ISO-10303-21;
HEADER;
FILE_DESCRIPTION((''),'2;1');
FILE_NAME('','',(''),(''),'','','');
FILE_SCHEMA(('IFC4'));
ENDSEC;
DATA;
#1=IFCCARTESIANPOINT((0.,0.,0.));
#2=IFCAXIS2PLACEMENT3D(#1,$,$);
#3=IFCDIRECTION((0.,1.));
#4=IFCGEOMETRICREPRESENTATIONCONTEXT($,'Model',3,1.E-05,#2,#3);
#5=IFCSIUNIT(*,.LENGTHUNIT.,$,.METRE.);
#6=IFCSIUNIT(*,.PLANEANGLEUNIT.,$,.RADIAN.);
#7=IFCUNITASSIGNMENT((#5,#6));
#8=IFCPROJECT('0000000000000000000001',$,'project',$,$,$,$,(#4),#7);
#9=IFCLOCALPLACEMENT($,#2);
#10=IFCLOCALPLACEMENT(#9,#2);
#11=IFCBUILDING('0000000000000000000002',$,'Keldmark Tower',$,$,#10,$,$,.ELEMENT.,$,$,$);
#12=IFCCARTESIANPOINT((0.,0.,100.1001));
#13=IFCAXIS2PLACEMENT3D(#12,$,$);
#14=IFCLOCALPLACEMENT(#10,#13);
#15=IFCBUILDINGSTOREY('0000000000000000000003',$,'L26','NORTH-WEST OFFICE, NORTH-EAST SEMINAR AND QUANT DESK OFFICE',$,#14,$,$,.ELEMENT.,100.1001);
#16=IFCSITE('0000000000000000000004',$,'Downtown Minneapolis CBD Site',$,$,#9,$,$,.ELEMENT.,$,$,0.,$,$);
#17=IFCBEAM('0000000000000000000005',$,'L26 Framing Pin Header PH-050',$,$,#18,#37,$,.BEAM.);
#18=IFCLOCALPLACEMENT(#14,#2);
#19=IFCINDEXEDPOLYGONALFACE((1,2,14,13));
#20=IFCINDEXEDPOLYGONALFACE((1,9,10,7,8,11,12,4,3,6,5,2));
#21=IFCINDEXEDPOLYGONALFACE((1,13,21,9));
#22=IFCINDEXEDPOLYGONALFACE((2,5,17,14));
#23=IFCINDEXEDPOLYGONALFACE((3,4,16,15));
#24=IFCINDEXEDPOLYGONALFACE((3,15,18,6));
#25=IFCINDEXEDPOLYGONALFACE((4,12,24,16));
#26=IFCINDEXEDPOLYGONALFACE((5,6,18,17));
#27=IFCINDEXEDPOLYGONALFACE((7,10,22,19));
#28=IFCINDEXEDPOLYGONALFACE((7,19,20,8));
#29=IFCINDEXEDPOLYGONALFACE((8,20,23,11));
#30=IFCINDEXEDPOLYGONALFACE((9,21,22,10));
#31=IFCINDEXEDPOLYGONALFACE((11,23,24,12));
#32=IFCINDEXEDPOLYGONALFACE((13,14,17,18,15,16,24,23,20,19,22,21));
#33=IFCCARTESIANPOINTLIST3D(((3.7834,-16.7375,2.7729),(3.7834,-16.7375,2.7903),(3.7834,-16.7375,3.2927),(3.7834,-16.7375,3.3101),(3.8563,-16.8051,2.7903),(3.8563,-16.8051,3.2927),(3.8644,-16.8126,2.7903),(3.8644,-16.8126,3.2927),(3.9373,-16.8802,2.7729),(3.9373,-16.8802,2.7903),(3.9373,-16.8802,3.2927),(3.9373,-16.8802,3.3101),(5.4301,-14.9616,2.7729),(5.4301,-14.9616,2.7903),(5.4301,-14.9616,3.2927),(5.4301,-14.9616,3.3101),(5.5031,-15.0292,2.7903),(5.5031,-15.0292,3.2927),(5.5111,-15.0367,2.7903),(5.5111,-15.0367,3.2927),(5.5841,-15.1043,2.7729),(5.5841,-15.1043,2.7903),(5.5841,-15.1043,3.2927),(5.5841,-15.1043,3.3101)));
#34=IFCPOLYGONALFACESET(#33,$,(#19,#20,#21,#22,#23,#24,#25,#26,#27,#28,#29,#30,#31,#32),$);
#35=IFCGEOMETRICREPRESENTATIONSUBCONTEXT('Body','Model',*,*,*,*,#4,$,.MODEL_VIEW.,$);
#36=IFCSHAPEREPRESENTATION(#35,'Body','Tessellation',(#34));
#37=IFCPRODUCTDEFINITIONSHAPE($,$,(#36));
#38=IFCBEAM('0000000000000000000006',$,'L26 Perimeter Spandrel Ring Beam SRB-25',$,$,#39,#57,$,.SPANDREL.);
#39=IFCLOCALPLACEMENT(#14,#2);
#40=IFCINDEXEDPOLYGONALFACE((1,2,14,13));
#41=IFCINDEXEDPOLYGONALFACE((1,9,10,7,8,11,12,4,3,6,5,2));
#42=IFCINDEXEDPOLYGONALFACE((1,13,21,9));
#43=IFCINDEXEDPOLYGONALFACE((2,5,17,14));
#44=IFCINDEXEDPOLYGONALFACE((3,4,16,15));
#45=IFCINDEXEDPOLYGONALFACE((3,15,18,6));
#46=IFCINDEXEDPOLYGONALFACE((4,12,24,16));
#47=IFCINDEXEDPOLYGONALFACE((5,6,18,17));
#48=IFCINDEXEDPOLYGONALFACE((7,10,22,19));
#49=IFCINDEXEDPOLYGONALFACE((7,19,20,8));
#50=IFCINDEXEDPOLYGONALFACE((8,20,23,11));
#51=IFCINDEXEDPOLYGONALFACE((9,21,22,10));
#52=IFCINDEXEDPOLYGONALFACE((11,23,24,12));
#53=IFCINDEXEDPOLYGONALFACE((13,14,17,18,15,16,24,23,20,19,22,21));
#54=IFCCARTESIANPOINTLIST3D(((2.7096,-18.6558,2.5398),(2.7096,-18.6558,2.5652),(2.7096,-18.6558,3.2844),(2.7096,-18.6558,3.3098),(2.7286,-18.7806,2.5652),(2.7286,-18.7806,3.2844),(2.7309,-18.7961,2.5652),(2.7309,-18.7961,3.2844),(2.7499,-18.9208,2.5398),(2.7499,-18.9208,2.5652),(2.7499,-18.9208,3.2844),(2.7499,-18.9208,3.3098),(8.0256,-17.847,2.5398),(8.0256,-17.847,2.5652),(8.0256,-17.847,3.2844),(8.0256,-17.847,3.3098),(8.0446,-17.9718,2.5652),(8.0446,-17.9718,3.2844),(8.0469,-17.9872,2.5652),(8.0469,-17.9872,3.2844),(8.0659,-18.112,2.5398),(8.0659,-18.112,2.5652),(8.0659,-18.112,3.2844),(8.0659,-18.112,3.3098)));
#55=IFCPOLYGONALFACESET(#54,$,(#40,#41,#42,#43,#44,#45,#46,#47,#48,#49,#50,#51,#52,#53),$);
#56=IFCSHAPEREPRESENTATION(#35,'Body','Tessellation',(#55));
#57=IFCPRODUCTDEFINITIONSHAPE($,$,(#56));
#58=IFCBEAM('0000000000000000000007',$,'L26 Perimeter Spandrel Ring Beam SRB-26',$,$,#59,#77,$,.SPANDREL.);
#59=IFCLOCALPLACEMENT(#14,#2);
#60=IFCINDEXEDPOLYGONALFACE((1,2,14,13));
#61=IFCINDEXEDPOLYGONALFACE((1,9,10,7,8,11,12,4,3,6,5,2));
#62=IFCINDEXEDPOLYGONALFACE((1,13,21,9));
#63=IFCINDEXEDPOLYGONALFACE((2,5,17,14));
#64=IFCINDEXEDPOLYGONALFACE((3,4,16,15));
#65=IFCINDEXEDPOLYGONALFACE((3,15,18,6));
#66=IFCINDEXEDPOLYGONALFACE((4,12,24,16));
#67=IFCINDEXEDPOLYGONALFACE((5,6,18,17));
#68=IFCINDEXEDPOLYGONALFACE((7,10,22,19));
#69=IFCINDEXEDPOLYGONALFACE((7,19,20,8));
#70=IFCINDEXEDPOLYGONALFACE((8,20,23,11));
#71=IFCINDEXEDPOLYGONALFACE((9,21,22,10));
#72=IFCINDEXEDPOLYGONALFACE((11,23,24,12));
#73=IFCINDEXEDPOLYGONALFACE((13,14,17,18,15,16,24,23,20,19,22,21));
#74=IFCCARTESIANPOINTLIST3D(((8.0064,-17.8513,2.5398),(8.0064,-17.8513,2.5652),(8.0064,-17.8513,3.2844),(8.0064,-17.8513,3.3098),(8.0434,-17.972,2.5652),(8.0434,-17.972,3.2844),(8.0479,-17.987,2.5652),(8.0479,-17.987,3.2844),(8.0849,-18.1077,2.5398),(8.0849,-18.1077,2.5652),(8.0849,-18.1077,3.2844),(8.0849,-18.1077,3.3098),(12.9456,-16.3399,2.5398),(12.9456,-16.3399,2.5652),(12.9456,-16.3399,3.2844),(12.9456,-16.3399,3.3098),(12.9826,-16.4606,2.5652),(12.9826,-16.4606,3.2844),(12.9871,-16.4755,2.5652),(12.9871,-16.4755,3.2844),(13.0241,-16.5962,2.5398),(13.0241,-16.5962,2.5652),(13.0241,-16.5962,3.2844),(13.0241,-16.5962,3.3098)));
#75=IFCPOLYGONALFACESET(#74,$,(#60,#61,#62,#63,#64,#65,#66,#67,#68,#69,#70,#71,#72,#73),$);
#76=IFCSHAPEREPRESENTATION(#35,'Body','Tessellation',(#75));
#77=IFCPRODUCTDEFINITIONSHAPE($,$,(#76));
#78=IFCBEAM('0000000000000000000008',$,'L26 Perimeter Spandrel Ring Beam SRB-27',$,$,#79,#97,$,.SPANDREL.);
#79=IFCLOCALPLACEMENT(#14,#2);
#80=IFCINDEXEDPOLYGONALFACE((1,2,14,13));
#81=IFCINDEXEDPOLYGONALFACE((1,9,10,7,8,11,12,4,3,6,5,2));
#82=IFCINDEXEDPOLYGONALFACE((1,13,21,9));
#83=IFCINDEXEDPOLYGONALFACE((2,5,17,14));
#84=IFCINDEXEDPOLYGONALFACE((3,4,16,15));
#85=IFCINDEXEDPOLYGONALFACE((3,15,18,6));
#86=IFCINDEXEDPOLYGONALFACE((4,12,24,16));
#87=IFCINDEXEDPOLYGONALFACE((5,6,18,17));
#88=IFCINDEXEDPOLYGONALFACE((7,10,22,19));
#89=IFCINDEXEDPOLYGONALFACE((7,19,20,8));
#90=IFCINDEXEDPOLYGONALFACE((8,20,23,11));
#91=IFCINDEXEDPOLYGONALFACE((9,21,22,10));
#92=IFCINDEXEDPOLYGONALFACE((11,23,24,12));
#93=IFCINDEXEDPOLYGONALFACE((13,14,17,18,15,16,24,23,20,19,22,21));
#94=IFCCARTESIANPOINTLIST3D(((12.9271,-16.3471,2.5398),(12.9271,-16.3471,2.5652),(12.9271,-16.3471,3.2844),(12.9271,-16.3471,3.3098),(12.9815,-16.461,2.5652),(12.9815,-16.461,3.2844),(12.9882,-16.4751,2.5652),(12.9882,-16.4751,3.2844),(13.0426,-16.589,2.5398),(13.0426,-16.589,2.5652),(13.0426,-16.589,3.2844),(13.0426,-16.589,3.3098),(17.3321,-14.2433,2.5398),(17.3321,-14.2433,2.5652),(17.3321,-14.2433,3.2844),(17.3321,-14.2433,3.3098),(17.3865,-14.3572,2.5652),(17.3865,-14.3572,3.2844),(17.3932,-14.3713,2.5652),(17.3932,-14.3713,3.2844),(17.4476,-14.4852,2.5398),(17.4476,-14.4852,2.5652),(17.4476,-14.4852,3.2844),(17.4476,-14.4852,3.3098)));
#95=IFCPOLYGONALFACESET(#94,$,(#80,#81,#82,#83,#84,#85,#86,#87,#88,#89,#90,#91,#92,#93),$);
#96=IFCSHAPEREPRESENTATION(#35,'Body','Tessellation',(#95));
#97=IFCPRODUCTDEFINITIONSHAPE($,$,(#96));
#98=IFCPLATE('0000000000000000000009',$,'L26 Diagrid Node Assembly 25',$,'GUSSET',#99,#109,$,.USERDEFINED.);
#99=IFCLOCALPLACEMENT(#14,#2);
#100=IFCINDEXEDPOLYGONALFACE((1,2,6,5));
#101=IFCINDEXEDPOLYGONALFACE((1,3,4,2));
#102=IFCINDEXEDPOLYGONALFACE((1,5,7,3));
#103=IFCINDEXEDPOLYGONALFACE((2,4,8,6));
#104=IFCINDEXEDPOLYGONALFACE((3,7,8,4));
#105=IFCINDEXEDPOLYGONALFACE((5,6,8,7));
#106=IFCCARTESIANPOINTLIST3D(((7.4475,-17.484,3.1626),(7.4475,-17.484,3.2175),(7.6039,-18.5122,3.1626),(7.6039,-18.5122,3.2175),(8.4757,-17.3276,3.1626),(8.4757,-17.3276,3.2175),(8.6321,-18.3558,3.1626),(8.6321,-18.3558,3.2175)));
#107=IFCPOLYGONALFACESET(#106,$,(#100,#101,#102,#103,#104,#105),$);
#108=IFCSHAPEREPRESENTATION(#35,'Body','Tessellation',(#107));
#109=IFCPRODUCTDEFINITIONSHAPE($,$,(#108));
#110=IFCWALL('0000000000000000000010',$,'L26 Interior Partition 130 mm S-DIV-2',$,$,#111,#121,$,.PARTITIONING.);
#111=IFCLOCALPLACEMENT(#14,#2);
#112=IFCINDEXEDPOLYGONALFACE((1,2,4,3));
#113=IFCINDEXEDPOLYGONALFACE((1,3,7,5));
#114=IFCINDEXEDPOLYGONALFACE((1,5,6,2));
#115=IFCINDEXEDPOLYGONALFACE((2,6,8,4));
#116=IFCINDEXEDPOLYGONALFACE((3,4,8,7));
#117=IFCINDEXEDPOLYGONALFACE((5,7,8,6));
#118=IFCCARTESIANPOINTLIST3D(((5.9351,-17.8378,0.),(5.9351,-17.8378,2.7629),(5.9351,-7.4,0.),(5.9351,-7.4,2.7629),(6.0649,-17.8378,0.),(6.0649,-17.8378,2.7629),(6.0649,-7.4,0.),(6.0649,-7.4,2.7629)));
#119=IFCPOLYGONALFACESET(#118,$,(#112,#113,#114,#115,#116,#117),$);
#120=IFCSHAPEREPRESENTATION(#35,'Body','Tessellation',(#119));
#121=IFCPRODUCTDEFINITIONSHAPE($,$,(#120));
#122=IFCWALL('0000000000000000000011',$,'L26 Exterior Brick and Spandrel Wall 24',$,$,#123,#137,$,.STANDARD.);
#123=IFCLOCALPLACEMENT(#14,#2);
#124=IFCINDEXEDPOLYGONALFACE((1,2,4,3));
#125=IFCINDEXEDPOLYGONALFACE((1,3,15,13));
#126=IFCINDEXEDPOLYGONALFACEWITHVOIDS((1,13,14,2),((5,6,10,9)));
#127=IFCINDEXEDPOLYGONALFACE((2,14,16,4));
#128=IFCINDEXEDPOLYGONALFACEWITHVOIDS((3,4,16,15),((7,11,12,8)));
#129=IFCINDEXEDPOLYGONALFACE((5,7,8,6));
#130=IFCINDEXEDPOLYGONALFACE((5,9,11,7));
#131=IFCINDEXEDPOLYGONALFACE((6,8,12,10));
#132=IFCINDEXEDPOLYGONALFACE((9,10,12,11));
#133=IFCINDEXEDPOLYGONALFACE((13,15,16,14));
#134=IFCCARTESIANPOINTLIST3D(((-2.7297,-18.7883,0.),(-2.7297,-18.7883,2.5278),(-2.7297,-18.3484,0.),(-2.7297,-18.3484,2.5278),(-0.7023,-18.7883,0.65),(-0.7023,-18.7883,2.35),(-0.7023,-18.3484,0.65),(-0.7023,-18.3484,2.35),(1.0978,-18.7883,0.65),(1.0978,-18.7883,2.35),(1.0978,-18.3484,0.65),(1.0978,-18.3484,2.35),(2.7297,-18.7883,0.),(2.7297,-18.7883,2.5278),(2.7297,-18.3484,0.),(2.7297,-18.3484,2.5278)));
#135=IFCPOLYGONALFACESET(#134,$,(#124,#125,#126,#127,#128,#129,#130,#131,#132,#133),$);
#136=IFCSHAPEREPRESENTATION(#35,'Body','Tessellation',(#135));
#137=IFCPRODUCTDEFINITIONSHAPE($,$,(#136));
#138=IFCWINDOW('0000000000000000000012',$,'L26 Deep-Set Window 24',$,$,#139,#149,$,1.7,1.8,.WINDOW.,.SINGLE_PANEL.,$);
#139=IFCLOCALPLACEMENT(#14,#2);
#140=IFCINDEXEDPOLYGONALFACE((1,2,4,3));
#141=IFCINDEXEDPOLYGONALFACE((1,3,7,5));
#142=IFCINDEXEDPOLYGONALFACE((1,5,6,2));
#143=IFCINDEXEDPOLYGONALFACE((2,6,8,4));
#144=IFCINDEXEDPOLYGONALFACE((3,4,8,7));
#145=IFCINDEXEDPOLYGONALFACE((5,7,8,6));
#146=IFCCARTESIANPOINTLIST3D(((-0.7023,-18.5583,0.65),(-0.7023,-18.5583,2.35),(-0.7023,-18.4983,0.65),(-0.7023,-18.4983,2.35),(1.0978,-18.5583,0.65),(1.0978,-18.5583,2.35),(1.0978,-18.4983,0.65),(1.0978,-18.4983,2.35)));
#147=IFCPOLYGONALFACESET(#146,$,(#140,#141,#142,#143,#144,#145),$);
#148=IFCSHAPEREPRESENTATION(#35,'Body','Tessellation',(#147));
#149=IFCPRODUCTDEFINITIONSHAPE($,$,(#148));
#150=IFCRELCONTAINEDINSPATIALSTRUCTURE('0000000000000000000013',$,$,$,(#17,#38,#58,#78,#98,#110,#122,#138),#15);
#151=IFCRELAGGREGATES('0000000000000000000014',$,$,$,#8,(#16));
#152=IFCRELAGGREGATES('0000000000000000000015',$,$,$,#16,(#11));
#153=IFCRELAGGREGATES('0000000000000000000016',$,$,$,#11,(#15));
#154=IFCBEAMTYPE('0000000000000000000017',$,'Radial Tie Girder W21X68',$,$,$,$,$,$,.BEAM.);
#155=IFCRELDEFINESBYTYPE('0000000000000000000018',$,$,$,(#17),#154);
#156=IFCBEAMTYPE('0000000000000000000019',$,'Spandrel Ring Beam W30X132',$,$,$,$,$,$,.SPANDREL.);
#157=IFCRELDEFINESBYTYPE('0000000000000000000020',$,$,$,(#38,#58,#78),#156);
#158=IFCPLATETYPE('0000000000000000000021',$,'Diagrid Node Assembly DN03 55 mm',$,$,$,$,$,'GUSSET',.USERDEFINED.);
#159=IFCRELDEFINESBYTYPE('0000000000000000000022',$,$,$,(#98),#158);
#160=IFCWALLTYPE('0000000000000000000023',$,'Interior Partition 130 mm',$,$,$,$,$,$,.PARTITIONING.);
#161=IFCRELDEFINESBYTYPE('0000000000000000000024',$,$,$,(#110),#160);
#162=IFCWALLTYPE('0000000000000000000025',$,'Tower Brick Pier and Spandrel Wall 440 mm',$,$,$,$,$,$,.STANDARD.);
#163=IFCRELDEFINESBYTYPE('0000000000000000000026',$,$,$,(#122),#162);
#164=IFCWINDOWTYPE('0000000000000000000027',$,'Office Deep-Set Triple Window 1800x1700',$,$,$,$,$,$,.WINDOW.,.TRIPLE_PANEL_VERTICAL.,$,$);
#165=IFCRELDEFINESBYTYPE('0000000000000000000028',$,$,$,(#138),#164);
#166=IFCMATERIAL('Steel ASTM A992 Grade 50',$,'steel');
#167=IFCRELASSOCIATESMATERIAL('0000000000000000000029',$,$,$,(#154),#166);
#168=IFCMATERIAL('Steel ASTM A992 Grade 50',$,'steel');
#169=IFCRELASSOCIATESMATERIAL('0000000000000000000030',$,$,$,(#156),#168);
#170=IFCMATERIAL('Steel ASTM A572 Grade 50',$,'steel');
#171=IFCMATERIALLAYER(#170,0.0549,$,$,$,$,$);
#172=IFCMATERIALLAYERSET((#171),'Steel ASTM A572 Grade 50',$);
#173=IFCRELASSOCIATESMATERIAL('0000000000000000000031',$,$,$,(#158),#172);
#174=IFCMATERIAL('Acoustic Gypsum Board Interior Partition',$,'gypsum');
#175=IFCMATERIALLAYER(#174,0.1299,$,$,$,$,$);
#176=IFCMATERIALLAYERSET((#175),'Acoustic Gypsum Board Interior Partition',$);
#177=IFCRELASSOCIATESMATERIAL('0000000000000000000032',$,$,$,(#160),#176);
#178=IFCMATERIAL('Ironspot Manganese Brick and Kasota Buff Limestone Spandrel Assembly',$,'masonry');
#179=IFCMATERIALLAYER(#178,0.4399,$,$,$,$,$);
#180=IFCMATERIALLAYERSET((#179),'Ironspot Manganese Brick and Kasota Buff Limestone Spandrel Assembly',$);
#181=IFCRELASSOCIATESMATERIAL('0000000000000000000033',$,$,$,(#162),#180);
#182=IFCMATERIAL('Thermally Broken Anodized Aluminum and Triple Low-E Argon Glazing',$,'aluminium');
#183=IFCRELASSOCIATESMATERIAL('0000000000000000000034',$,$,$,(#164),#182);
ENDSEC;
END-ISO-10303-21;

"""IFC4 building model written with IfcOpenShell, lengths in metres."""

from ifc_helpers import new_model, si_unit, direction, frame, frame_2d, origin, origin_2d, place, context, subcontext, project, spatial, rectangle, i_section, extrude, material, layer, layer_set, material_profile, profile_set, type_object, element, fill, save


model = new_model("IFC4")

# Units and contexts
model_context = context("Model", 3, precision=1e-05, world=origin(), true_north=direction((0.0, 1.0)))
body_context = subcontext(model_context, "Body", "Model", "MODEL_VIEW")
ifc_project = project(units=[si_unit("LENGTHUNIT", "METRE"), si_unit("PLANEANGLEUNIT", "RADIAN")], contexts=[model_context])

# Site, building, storey
site_placement = place(None, origin())
site = spatial("IfcSite", under=ifc_project, at=site_placement, Name="Downtown Minneapolis CBD Site", CompositionType="ELEMENT", RefElevation=0.0)
building_placement = place(site_placement, origin())
building = spatial("IfcBuilding", under=site, at=building_placement, Name="Keldmark Tower", CompositionType="ELEMENT")
storey_placement = place(building_placement, frame((0.0, 0.0, 100.1001)))
storey = spatial("IfcBuildingStorey", under=building, at=storey_placement, Name="L26", Description="NORTH-WEST OFFICE, NORTH-EAST SEMINAR AND QUANT DESK OFFICE", CompositionType="ELEMENT", Elevation=100.1001)

# Beams
ifc_material_1 = material(Name="Steel ASTM A992 Grade 50", Category="steel")
ifc_material_profile_1 = material_profile(ifc_material_1, i_section(OverallWidth=0.21, OverallDepth=0.5371, WebThickness=0.011, FlangeThickness=0.0173, at=origin_2d()), Name="W21X68")
ifc_profile_set_1 = profile_set([ifc_material_profile_1], Name="Steel ASTM A992 Grade 50")
beam_type_1 = type_object("IfcBeamType", Name="Radial Tie Girder W21X68", PredefinedType="BEAM", material=ifc_profile_set_1)
beam_1_placement = place(storey_placement, frame((3.8604, -16.8088, 3.0415), z_axis=(0.679941, 0.733267, 0.0), x_axis=(-0.733267, 0.679941, 0.0)))
element("IfcBeam", 1, at=beam_1_placement, inside=storey, type_object=beam_type_1, Name="L26 Framing Pin Header PH-050", PredefinedType="BEAM", context=body_context, shape_type="SweptSolid", body=[
    extrude(i_section(OverallWidth=0.21, OverallDepth=0.5371, WebThickness=0.011, FlangeThickness=0.0173, at=origin_2d()), origin(), (0.0, 0.0, 1.0), 2.4219),
])
ifc_material_2 = material(Name="Steel ASTM A992 Grade 50", Category="steel")
ifc_material_profile_2 = material_profile(ifc_material_2, i_section(OverallWidth=0.2681, OverallDepth=0.77, WebThickness=0.0156, FlangeThickness=0.0254, at=origin_2d()), Name="W30X132")
ifc_profile_set_2 = profile_set([ifc_material_profile_2], Name="Steel ASTM A992 Grade 50")
beam_type_2 = type_object("IfcBeamType", Name="Spandrel Ring Beam W30X132", PredefinedType="SPANDREL", material=ifc_profile_set_2)
beam_2_placement = place(storey_placement, frame((2.7297, -18.7883, 2.9248), z_axis=(0.988622, 0.150423, 0.0), x_axis=(-0.150423, 0.988622, 0.0)))
element("IfcBeam", 2, at=beam_2_placement, inside=storey, type_object=beam_type_2, Name="L26 Perimeter Spandrel Ring Beam SRB-25", PredefinedType="SPANDREL", context=body_context, shape_type="SweptSolid", body=[
    extrude(i_section(OverallWidth=0.2681, OverallDepth=0.77, WebThickness=0.0156, FlangeThickness=0.0254, at=origin_2d()), origin(), (0.0, 0.0, 1.0), 5.3772),
])
beam_3_placement = place(storey_placement, frame((8.0457, -17.9795, 2.9248), z_axis=(0.956229, 0.292621, 0.0), x_axis=(-0.292621, 0.956229, 0.0)))
element("IfcBeam", 3, at=beam_3_placement, inside=storey, type_object=beam_type_2, Name="L26 Perimeter Spandrel Ring Beam SRB-26", PredefinedType="SPANDREL", context=body_context, shape_type="SweptSolid", body=[
    extrude(i_section(OverallWidth=0.2681, OverallDepth=0.77, WebThickness=0.0156, FlangeThickness=0.0254, at=origin_2d()), origin(), (0.0, 0.0, 1.0), 5.1653),
])
beam_4_placement = place(storey_placement, frame((12.9849, -16.468, 2.9248), z_axis=(0.902373, 0.430956, 0.0), x_axis=(-0.430956, 0.902373, 0.0)))
element("IfcBeam", 4, at=beam_4_placement, inside=storey, type_object=beam_type_2, Name="L26 Perimeter Spandrel Ring Beam SRB-27", PredefinedType="SPANDREL", context=body_context, shape_type="SweptSolid", body=[
    extrude(i_section(OverallWidth=0.2681, OverallDepth=0.77, WebThickness=0.0156, FlangeThickness=0.0254, at=origin_2d()), origin(), (0.0, 0.0, 1.0), 4.8816),
])

# Plate
ifc_material_3 = material(Name="Steel ASTM A572 Grade 50", Category="steel")
ifc_layer_1 = layer(ifc_material_3, 0.0549)
ifc_layer_set_1 = layer_set([ifc_layer_1], Name="Steel ASTM A572 Grade 50")
plate_type = type_object("IfcPlateType", Name="Diagrid Node Assembly DN03 55 mm", ElementType="GUSSET", PredefinedType="USERDEFINED", material=ifc_layer_set_1)
plate_placement = place(storey_placement, frame((8.0398, -17.9199, 3.1626), z_axis=(0.0, 0.0, 1.0), x_axis=(0.988626, 0.150398, 0.0)))
element("IfcPlate", 5, at=plate_placement, inside=storey, type_object=plate_type, Name="L26 Diagrid Node Assembly 25", ObjectType="GUSSET", PredefinedType="USERDEFINED", context=body_context, shape_type="SweptSolid", body=[
    extrude(rectangle(XDim=1.04, YDim=1.04, at=origin_2d()), origin(), (0.0, 0.0, 1.0), 0.0549),
])

# Wall
ifc_material_4 = material(Name="Acoustic Gypsum Board Interior Partition", Category="gypsum")
ifc_layer_2 = layer(ifc_material_4, 0.1299)
ifc_layer_set_2 = layer_set([ifc_layer_2], Name="Acoustic Gypsum Board Interior Partition")
wall_type_1 = type_object("IfcWallType", Name="Interior Partition 130 mm", PredefinedType="PARTITIONING", material=ifc_layer_set_2)
wall_1_placement = place(storey_placement, frame((6.0, -17.8376, 0.0), z_axis=(0.0, 0.0, 1.0), x_axis=(0.0, 1.0, 0.0)))
element("IfcWall", 6, at=wall_1_placement, inside=storey, type_object=wall_type_1, Name="L26 Interior Partition 130 mm S-DIV-2", PredefinedType="PARTITIONING", context=body_context, shape_type="SweptSolid", body=[
    extrude(rectangle(XDim=10.4377, YDim=0.1299, at=frame_2d((5.2188, 0.0))), origin(), (0.0, 0.0, 1.0), 2.7629),
])

# Wall, opening, window
ifc_material_5 = material(Name="Ironspot Manganese Brick and Kasota Buff Limestone Spandrel Assembly", Category="masonry")
ifc_layer_3 = layer(ifc_material_5, 0.4399)
ifc_layer_set_3 = layer_set([ifc_layer_3], Name="Ironspot Manganese Brick and Kasota Buff Limestone Spandrel Assembly")
wall_type_2 = type_object("IfcWallType", Name="Tower Brick Pier and Spandrel Wall 440 mm", PredefinedType="STANDARD", material=ifc_layer_set_3)
wall_2_placement = place(storey_placement, frame((2.7297, -18.5684, 0.0), z_axis=(0.0, 0.0, 1.0), x_axis=(-1.0, 0.0, 0.0)))
wall_2 = element("IfcWall", 7, at=wall_2_placement, inside=storey, type_object=wall_type_2, Name="L26 Exterior Brick and Spandrel Wall 24", PredefinedType="STANDARD", context=body_context, shape_type="SweptSolid", body=[
    extrude(rectangle(XDim=5.4595, YDim=0.4399, at=frame_2d((2.7297, 0.0))), origin(), (0.0, 0.0, 1.0), 2.5278),
])
opening_1_placement = place(wall_2_placement, frame((1.6321, 0.0, 0.6499)))
opening_1 = element("IfcOpeningElement", 8, at=opening_1_placement, cuts=wall_2, PredefinedType="OPENING", context=body_context, shape_type="SweptSolid", body=[
    extrude(rectangle(XDim=1.8, YDim=1.7, at=frame_2d((0.8999, 0.8501))), frame((0.0, 0.23, 0.0), z_axis=(0.0, -1.0, 0.0), x_axis=(1.0, 0.0, 0.0)), (0.0, 0.0, 1.0), 0.46),
])
ifc_material_6 = material(Name="Thermally Broken Anodized Aluminum and Triple Low-E Argon Glazing", Category="aluminium")
window_type = type_object("IfcWindowType", Name="Office Deep-Set Triple Window 1800x1700", PartitioningType="TRIPLE_PANEL_VERTICAL", PredefinedType="WINDOW", material=ifc_material_6)
window_1_placement = place(opening_1_placement, origin())
window_1 = element("IfcWindow", 9, at=window_1_placement, inside=storey, type_object=window_type, Name="L26 Deep-Set Window 24", OverallHeight=1.7, OverallWidth=1.8, PartitioningType="SINGLE_PANEL", PredefinedType="WINDOW", context=body_context, shape_type="SweptSolid", body=[
    extrude(rectangle(XDim=1.8, YDim=1.7, at=frame_2d((0.8999, 0.8501))), frame((0.0, -0.01, 0.0), z_axis=(0.0, -1.0, 0.0), x_axis=(1.0, 0.0, 0.0)), (0.0, 0.0, 1.0), 0.0601),
])
fill(opening_1, window_1)

save(model, "model.ifc")
